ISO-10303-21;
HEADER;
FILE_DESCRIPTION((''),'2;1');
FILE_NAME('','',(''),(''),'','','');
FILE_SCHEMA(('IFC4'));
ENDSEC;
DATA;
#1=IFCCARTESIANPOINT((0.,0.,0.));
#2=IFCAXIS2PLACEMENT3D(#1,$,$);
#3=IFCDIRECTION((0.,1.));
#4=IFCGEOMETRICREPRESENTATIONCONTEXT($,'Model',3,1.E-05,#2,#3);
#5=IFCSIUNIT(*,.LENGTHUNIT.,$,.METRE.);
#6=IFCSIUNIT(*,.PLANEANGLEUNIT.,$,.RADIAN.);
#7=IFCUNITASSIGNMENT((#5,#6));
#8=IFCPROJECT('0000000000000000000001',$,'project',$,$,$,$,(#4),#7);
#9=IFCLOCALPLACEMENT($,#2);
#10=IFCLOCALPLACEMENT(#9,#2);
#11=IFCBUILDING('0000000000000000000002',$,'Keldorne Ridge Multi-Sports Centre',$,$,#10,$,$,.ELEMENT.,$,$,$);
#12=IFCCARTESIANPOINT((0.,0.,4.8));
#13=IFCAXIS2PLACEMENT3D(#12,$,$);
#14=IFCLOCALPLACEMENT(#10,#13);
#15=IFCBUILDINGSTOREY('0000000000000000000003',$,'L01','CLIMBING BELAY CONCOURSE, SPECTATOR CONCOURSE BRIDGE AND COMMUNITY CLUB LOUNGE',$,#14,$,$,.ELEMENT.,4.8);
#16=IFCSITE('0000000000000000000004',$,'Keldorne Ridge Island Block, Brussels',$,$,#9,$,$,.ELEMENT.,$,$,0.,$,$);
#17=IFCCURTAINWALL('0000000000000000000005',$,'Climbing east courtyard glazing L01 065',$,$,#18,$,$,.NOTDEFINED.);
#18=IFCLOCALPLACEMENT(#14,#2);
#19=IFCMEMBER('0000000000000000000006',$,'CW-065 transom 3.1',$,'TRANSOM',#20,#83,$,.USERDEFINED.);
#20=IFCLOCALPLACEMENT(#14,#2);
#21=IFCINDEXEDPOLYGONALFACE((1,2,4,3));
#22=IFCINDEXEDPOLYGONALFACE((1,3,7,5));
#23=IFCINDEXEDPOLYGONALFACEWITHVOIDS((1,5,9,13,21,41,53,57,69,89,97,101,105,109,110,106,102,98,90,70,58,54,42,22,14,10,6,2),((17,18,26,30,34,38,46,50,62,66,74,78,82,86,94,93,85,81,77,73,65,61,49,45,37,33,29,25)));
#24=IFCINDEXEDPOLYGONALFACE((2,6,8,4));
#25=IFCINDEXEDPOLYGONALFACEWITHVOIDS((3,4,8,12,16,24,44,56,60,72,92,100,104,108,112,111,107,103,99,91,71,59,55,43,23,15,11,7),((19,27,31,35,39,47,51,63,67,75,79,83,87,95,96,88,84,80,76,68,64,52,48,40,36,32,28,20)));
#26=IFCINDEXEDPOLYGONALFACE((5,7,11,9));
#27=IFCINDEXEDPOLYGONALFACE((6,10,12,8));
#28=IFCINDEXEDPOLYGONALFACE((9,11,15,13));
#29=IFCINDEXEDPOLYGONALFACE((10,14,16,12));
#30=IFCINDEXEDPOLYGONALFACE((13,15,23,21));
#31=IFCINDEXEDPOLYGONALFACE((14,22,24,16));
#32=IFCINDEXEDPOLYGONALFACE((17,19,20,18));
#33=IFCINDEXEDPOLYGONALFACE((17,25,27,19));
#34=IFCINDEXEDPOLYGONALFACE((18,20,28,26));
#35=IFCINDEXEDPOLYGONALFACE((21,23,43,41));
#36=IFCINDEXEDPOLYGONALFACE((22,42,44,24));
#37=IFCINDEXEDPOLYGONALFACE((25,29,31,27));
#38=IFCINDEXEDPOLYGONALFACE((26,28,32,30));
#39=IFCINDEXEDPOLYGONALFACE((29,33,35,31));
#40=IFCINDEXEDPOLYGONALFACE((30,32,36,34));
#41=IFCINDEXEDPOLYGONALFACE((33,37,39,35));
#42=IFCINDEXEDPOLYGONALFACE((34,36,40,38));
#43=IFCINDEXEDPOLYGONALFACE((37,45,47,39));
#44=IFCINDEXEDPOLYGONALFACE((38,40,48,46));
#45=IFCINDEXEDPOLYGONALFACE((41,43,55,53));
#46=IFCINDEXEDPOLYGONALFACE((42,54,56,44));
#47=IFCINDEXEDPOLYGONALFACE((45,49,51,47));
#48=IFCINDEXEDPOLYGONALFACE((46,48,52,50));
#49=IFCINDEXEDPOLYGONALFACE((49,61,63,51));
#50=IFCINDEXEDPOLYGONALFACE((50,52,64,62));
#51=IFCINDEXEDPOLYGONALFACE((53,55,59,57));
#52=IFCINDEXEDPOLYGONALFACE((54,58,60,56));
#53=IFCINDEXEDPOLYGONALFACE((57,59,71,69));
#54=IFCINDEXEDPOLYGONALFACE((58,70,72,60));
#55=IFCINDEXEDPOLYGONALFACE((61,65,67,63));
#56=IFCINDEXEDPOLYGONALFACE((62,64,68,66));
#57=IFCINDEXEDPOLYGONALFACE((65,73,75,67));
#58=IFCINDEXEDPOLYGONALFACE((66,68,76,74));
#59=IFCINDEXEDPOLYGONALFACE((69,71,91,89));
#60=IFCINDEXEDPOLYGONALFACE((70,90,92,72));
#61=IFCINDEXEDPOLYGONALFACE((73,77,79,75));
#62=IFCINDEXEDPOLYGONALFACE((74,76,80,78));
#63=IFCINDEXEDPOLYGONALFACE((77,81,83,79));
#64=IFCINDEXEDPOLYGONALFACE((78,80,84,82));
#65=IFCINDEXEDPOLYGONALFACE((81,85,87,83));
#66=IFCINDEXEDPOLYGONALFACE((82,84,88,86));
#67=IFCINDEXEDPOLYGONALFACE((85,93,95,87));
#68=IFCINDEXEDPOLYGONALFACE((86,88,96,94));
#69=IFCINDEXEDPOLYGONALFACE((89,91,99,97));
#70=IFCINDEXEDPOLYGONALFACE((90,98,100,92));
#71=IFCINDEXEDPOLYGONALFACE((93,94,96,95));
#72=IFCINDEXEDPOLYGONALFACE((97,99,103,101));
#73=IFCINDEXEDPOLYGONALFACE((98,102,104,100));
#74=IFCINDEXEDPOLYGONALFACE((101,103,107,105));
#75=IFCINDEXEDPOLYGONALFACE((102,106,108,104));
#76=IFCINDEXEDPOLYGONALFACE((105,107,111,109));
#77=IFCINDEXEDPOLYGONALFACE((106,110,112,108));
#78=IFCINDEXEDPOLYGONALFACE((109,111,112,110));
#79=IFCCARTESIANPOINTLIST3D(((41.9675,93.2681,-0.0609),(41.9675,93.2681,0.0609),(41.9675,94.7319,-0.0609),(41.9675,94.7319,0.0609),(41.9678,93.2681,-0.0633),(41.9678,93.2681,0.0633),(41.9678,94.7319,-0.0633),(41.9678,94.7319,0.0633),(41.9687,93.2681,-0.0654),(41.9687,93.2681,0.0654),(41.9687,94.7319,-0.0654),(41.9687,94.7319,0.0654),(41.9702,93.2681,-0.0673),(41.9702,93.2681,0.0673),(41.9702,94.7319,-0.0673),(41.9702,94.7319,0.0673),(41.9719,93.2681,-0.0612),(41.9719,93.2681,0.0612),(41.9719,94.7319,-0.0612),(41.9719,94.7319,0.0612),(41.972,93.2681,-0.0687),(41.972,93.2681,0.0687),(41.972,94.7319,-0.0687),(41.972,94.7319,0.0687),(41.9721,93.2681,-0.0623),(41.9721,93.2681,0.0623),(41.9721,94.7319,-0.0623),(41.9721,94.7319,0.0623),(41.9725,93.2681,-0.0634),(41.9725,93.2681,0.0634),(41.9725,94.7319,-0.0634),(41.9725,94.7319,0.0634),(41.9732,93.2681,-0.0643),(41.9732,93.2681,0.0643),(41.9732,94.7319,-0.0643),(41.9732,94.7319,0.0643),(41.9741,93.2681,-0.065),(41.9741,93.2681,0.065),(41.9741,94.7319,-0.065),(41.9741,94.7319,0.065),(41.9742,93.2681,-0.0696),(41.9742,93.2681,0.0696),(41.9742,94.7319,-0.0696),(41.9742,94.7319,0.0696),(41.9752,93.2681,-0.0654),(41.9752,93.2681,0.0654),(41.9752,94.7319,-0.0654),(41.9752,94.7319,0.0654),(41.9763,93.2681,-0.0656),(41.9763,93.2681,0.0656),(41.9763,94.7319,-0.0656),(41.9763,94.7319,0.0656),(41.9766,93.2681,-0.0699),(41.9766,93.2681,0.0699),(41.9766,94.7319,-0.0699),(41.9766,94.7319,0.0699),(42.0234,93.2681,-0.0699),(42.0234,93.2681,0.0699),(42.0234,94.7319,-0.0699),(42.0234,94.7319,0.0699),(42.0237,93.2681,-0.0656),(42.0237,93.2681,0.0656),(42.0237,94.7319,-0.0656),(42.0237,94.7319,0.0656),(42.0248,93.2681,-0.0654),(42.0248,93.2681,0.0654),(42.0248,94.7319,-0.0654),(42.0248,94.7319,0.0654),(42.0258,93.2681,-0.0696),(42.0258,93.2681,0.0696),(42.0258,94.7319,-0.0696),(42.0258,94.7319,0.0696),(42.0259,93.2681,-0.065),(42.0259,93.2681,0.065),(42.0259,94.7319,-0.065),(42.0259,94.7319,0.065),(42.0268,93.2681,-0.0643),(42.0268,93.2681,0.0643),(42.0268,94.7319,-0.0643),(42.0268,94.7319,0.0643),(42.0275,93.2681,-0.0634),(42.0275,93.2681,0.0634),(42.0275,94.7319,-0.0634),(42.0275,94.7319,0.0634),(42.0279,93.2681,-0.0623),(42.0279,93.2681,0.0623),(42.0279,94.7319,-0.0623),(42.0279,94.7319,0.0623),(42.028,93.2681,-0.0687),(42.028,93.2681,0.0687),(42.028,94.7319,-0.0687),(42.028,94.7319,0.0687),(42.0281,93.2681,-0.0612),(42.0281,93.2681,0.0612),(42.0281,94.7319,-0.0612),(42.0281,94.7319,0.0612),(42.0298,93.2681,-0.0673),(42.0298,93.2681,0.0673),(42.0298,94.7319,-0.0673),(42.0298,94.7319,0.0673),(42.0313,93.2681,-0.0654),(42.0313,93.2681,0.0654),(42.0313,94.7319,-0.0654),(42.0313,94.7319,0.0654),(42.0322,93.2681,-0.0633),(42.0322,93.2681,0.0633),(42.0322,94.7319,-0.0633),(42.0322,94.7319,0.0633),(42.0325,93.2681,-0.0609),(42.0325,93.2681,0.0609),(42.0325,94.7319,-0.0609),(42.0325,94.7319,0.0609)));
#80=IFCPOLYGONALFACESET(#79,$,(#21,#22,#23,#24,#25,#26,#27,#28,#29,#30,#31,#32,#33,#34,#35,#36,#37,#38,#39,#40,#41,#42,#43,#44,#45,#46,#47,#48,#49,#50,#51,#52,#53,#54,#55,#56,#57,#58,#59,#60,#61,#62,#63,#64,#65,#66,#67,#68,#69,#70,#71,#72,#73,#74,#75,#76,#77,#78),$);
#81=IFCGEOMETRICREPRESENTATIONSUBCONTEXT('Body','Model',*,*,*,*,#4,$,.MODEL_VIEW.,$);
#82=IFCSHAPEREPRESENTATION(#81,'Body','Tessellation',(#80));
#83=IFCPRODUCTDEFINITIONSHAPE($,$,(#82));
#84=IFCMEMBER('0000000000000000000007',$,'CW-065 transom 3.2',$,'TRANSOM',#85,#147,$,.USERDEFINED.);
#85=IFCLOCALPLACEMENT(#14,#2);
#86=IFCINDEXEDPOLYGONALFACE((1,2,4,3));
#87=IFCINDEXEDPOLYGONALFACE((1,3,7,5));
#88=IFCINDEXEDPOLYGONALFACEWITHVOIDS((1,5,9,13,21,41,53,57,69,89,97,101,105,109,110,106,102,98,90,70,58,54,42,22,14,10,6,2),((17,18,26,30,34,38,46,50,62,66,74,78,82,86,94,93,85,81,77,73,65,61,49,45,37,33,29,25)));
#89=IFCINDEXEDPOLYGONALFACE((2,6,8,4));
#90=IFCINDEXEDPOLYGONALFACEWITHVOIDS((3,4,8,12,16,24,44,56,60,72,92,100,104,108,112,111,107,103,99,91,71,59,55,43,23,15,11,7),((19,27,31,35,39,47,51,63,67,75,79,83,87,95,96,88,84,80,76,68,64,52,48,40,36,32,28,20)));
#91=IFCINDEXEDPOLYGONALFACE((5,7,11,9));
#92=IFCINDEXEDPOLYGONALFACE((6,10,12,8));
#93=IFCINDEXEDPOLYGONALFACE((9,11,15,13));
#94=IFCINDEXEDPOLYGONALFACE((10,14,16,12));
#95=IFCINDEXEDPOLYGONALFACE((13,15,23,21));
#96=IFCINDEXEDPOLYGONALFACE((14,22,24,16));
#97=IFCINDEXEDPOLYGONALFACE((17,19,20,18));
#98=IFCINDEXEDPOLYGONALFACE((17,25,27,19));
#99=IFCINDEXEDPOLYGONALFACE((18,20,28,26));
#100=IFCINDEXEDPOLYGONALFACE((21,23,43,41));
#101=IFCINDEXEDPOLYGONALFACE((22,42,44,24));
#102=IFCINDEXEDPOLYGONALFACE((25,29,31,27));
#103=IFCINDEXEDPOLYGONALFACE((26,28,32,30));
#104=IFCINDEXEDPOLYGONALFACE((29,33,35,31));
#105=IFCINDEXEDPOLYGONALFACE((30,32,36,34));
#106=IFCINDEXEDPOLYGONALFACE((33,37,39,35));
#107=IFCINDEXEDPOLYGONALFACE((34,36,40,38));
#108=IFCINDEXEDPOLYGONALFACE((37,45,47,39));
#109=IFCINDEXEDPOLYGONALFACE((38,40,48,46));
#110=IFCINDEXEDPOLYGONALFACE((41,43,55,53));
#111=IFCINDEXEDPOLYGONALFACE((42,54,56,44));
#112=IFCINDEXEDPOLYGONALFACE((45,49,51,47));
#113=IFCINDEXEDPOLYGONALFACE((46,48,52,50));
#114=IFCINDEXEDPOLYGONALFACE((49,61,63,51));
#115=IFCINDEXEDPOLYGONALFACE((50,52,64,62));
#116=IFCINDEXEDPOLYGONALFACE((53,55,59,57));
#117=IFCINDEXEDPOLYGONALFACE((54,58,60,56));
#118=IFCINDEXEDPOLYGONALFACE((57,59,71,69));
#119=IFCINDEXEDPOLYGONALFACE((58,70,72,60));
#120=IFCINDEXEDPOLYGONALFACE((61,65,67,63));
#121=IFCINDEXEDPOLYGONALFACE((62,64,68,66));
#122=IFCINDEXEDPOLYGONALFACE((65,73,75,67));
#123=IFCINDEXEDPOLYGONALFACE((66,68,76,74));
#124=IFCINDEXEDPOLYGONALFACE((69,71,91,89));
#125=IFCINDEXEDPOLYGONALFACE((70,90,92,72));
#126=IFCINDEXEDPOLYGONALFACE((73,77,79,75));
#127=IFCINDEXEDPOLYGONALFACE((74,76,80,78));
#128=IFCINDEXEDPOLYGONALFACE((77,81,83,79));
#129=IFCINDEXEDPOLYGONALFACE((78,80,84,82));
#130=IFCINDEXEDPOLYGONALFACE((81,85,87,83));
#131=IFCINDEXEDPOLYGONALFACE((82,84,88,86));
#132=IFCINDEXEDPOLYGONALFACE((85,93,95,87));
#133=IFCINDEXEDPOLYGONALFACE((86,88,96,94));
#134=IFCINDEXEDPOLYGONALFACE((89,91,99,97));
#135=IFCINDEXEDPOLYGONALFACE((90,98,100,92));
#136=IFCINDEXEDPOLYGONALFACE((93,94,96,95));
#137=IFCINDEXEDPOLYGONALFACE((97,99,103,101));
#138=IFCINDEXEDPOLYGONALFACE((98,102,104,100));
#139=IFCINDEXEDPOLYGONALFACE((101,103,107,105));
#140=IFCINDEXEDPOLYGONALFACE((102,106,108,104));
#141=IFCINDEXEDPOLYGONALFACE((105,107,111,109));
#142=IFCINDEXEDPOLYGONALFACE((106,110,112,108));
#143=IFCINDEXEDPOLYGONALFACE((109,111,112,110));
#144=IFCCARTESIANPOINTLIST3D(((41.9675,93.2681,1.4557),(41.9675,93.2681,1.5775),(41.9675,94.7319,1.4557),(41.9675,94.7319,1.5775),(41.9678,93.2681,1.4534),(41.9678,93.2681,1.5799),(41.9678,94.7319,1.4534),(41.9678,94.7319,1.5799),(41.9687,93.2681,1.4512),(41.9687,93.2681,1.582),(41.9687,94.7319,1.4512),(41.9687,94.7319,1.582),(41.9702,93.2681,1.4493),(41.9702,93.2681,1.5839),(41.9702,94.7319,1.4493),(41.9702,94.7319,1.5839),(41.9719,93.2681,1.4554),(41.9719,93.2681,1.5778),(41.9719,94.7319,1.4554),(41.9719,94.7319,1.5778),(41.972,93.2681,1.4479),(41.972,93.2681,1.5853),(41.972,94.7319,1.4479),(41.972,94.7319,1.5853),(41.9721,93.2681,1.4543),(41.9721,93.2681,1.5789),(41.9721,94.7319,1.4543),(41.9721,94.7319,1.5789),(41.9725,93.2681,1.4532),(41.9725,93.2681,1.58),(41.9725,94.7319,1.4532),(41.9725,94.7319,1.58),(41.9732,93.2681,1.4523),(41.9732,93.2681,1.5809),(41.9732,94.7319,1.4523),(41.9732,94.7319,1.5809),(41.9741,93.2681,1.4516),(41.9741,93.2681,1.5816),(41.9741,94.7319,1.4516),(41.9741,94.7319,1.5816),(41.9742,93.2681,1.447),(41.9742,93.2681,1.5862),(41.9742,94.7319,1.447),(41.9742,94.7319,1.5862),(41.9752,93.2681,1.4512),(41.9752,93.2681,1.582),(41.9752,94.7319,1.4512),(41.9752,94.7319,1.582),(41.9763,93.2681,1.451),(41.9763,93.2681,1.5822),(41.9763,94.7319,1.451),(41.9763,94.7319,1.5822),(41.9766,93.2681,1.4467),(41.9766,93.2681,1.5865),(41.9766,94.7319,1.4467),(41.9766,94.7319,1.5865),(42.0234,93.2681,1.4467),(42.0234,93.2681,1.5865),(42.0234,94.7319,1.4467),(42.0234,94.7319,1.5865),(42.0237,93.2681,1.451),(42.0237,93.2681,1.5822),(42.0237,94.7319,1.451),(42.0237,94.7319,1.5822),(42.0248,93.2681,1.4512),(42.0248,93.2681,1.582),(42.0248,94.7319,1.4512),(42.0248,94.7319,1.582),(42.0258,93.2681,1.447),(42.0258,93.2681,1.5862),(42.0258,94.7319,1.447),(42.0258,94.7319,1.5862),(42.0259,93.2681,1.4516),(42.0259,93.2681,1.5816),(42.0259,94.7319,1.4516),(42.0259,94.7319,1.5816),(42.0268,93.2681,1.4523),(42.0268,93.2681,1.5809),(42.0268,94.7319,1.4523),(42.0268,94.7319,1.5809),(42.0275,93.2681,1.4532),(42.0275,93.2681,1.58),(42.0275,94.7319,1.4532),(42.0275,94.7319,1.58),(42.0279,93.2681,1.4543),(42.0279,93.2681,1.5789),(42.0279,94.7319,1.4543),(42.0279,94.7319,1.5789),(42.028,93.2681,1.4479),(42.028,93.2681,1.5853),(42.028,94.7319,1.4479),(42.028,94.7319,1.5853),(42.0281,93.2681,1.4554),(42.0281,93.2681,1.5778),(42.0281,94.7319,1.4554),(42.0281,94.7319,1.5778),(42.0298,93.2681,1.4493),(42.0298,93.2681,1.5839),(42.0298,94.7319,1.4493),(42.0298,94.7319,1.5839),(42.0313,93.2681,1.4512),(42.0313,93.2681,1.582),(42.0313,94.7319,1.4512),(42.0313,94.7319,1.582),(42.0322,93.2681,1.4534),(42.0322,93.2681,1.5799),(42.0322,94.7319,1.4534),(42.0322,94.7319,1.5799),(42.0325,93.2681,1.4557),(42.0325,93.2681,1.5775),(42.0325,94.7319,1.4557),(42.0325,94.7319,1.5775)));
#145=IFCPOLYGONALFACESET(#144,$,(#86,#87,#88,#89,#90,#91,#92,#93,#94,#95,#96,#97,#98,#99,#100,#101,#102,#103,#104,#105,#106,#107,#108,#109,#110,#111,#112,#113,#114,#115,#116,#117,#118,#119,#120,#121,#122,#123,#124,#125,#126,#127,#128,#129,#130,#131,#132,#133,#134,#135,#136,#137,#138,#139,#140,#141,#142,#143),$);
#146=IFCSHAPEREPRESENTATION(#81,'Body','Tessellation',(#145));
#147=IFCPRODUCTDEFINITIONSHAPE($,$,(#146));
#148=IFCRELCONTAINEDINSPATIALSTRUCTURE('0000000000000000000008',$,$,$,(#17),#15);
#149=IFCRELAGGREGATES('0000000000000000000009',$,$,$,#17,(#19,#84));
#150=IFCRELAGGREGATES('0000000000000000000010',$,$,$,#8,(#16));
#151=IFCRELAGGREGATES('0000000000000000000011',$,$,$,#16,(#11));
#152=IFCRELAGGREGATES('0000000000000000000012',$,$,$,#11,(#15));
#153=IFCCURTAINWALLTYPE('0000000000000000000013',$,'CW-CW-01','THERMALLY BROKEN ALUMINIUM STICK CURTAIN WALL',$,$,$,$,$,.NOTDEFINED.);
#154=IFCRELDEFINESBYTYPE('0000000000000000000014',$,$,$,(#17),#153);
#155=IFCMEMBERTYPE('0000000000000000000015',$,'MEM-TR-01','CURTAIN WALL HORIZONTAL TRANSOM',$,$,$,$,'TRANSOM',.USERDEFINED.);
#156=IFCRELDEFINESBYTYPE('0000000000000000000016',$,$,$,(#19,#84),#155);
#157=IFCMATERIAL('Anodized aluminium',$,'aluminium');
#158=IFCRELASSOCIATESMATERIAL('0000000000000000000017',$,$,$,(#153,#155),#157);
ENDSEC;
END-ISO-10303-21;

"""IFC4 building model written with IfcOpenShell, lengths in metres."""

from ifc_helpers import new_model, si_unit, direction, frame, origin, origin_2d, place, context, subcontext, project, spatial, hollow_rectangle, extrude, material, material_profile, profile_set, type_object, element, aggregate, save


model = new_model("IFC4")

# Units and contexts
model_context = context("Model", 3, precision=1e-05, world=origin(), true_north=direction((0.0, 1.0)))
body_context = subcontext(model_context, "Body", "Model", "MODEL_VIEW")
ifc_project = project(units=[si_unit("LENGTHUNIT", "METRE"), si_unit("PLANEANGLEUNIT", "RADIAN")], contexts=[model_context])

# Site, building, storey
site_placement = place(None, origin())
site = spatial("IfcSite", under=ifc_project, at=site_placement, Name="Keldorne Ridge Island Block, Brussels", CompositionType="ELEMENT", RefElevation=0.0)
building_placement = place(site_placement, origin())
building = spatial("IfcBuilding", under=site, at=building_placement, Name="Keldorne Ridge Multi-Sports Centre", CompositionType="ELEMENT")
storey_placement = place(building_placement, frame((0.0, 0.0, 4.8)))
storey = spatial("IfcBuildingStorey", under=building, at=storey_placement, Name="L01", Description="CLIMBING BELAY CONCOURSE, SPECTATOR CONCOURSE BRIDGE AND COMMUNITY CLUB LOUNGE", CompositionType="ELEMENT", Elevation=4.8)

# Curtain wall, members
ifc_material_1 = material(Name="Anodized aluminium", Category="aluminium")
curtain_wall_type_1 = type_object("IfcCurtainWallType", Name="CW-CW-01", Description="THERMALLY BROKEN ALUMINIUM STICK CURTAIN WALL", PredefinedType="NOTDEFINED", material=ifc_material_1)
curtain_wall_1_placement = place(storey_placement, origin())
curtain_wall_1 = element("IfcCurtainWall", 1, at=curtain_wall_1_placement, inside=storey, type_object=curtain_wall_type_1, Name="Climbing east courtyard glazing L01 065", PredefinedType="NOTDEFINED")
ifc_material_profile_1 = material_profile(ifc_material_1, hollow_rectangle(XDim=0.0649, YDim=0.1399, WallThickness=0.0044, InnerFilletRadius=0.0044, OuterFilletRadius=0.009, at=origin_2d()), Name="ALU TRANSOM 140x65x4.5")
ifc_profile_set_1 = profile_set([ifc_material_profile_1], Name="Anodized aluminium")
member_type_1 = type_object("IfcMemberType", Name="MEM-TR-01", Description="CURTAIN WALL HORIZONTAL TRANSOM", ElementType="TRANSOM", PredefinedType="USERDEFINED", material=ifc_profile_set_1)
member_1_placement = place(storey_placement, frame((42.0, 93.2681, 0.0), z_axis=(0.0, 1.0, 0.0), x_axis=(-1.0, 0.0, 0.0)))
member_1 = element("IfcMember", 2, at=member_1_placement, type_object=member_type_1, Name="CW-065 transom 3.1", ObjectType="TRANSOM", PredefinedType="USERDEFINED", context=body_context, shape_type="SweptSolid", body=[
    extrude(hollow_rectangle(XDim=0.0649, YDim=0.1399, WallThickness=0.0044, InnerFilletRadius=0.0044, OuterFilletRadius=0.009, at=origin_2d()), origin(), (0.0, 0.0, 1.0), 1.4639),
])
member_2_placement = place(storey_placement, frame((42.0, 93.2681, 1.5166), z_axis=(0.0, 1.0, 0.0), x_axis=(-1.0, 0.0, 0.0)))
member_2 = element("IfcMember", 3, at=member_2_placement, type_object=member_type_1, Name="CW-065 transom 3.2", ObjectType="TRANSOM", PredefinedType="USERDEFINED", context=body_context, shape_type="SweptSolid", body=[
    extrude(hollow_rectangle(XDim=0.0649, YDim=0.1399, WallThickness=0.0044, InnerFilletRadius=0.0044, OuterFilletRadius=0.009, at=origin_2d()), origin(), (0.0, 0.0, 1.0), 1.4639),
])
aggregate(curtain_wall_1, [member_1, member_2])

save(model, "model.ifc")
